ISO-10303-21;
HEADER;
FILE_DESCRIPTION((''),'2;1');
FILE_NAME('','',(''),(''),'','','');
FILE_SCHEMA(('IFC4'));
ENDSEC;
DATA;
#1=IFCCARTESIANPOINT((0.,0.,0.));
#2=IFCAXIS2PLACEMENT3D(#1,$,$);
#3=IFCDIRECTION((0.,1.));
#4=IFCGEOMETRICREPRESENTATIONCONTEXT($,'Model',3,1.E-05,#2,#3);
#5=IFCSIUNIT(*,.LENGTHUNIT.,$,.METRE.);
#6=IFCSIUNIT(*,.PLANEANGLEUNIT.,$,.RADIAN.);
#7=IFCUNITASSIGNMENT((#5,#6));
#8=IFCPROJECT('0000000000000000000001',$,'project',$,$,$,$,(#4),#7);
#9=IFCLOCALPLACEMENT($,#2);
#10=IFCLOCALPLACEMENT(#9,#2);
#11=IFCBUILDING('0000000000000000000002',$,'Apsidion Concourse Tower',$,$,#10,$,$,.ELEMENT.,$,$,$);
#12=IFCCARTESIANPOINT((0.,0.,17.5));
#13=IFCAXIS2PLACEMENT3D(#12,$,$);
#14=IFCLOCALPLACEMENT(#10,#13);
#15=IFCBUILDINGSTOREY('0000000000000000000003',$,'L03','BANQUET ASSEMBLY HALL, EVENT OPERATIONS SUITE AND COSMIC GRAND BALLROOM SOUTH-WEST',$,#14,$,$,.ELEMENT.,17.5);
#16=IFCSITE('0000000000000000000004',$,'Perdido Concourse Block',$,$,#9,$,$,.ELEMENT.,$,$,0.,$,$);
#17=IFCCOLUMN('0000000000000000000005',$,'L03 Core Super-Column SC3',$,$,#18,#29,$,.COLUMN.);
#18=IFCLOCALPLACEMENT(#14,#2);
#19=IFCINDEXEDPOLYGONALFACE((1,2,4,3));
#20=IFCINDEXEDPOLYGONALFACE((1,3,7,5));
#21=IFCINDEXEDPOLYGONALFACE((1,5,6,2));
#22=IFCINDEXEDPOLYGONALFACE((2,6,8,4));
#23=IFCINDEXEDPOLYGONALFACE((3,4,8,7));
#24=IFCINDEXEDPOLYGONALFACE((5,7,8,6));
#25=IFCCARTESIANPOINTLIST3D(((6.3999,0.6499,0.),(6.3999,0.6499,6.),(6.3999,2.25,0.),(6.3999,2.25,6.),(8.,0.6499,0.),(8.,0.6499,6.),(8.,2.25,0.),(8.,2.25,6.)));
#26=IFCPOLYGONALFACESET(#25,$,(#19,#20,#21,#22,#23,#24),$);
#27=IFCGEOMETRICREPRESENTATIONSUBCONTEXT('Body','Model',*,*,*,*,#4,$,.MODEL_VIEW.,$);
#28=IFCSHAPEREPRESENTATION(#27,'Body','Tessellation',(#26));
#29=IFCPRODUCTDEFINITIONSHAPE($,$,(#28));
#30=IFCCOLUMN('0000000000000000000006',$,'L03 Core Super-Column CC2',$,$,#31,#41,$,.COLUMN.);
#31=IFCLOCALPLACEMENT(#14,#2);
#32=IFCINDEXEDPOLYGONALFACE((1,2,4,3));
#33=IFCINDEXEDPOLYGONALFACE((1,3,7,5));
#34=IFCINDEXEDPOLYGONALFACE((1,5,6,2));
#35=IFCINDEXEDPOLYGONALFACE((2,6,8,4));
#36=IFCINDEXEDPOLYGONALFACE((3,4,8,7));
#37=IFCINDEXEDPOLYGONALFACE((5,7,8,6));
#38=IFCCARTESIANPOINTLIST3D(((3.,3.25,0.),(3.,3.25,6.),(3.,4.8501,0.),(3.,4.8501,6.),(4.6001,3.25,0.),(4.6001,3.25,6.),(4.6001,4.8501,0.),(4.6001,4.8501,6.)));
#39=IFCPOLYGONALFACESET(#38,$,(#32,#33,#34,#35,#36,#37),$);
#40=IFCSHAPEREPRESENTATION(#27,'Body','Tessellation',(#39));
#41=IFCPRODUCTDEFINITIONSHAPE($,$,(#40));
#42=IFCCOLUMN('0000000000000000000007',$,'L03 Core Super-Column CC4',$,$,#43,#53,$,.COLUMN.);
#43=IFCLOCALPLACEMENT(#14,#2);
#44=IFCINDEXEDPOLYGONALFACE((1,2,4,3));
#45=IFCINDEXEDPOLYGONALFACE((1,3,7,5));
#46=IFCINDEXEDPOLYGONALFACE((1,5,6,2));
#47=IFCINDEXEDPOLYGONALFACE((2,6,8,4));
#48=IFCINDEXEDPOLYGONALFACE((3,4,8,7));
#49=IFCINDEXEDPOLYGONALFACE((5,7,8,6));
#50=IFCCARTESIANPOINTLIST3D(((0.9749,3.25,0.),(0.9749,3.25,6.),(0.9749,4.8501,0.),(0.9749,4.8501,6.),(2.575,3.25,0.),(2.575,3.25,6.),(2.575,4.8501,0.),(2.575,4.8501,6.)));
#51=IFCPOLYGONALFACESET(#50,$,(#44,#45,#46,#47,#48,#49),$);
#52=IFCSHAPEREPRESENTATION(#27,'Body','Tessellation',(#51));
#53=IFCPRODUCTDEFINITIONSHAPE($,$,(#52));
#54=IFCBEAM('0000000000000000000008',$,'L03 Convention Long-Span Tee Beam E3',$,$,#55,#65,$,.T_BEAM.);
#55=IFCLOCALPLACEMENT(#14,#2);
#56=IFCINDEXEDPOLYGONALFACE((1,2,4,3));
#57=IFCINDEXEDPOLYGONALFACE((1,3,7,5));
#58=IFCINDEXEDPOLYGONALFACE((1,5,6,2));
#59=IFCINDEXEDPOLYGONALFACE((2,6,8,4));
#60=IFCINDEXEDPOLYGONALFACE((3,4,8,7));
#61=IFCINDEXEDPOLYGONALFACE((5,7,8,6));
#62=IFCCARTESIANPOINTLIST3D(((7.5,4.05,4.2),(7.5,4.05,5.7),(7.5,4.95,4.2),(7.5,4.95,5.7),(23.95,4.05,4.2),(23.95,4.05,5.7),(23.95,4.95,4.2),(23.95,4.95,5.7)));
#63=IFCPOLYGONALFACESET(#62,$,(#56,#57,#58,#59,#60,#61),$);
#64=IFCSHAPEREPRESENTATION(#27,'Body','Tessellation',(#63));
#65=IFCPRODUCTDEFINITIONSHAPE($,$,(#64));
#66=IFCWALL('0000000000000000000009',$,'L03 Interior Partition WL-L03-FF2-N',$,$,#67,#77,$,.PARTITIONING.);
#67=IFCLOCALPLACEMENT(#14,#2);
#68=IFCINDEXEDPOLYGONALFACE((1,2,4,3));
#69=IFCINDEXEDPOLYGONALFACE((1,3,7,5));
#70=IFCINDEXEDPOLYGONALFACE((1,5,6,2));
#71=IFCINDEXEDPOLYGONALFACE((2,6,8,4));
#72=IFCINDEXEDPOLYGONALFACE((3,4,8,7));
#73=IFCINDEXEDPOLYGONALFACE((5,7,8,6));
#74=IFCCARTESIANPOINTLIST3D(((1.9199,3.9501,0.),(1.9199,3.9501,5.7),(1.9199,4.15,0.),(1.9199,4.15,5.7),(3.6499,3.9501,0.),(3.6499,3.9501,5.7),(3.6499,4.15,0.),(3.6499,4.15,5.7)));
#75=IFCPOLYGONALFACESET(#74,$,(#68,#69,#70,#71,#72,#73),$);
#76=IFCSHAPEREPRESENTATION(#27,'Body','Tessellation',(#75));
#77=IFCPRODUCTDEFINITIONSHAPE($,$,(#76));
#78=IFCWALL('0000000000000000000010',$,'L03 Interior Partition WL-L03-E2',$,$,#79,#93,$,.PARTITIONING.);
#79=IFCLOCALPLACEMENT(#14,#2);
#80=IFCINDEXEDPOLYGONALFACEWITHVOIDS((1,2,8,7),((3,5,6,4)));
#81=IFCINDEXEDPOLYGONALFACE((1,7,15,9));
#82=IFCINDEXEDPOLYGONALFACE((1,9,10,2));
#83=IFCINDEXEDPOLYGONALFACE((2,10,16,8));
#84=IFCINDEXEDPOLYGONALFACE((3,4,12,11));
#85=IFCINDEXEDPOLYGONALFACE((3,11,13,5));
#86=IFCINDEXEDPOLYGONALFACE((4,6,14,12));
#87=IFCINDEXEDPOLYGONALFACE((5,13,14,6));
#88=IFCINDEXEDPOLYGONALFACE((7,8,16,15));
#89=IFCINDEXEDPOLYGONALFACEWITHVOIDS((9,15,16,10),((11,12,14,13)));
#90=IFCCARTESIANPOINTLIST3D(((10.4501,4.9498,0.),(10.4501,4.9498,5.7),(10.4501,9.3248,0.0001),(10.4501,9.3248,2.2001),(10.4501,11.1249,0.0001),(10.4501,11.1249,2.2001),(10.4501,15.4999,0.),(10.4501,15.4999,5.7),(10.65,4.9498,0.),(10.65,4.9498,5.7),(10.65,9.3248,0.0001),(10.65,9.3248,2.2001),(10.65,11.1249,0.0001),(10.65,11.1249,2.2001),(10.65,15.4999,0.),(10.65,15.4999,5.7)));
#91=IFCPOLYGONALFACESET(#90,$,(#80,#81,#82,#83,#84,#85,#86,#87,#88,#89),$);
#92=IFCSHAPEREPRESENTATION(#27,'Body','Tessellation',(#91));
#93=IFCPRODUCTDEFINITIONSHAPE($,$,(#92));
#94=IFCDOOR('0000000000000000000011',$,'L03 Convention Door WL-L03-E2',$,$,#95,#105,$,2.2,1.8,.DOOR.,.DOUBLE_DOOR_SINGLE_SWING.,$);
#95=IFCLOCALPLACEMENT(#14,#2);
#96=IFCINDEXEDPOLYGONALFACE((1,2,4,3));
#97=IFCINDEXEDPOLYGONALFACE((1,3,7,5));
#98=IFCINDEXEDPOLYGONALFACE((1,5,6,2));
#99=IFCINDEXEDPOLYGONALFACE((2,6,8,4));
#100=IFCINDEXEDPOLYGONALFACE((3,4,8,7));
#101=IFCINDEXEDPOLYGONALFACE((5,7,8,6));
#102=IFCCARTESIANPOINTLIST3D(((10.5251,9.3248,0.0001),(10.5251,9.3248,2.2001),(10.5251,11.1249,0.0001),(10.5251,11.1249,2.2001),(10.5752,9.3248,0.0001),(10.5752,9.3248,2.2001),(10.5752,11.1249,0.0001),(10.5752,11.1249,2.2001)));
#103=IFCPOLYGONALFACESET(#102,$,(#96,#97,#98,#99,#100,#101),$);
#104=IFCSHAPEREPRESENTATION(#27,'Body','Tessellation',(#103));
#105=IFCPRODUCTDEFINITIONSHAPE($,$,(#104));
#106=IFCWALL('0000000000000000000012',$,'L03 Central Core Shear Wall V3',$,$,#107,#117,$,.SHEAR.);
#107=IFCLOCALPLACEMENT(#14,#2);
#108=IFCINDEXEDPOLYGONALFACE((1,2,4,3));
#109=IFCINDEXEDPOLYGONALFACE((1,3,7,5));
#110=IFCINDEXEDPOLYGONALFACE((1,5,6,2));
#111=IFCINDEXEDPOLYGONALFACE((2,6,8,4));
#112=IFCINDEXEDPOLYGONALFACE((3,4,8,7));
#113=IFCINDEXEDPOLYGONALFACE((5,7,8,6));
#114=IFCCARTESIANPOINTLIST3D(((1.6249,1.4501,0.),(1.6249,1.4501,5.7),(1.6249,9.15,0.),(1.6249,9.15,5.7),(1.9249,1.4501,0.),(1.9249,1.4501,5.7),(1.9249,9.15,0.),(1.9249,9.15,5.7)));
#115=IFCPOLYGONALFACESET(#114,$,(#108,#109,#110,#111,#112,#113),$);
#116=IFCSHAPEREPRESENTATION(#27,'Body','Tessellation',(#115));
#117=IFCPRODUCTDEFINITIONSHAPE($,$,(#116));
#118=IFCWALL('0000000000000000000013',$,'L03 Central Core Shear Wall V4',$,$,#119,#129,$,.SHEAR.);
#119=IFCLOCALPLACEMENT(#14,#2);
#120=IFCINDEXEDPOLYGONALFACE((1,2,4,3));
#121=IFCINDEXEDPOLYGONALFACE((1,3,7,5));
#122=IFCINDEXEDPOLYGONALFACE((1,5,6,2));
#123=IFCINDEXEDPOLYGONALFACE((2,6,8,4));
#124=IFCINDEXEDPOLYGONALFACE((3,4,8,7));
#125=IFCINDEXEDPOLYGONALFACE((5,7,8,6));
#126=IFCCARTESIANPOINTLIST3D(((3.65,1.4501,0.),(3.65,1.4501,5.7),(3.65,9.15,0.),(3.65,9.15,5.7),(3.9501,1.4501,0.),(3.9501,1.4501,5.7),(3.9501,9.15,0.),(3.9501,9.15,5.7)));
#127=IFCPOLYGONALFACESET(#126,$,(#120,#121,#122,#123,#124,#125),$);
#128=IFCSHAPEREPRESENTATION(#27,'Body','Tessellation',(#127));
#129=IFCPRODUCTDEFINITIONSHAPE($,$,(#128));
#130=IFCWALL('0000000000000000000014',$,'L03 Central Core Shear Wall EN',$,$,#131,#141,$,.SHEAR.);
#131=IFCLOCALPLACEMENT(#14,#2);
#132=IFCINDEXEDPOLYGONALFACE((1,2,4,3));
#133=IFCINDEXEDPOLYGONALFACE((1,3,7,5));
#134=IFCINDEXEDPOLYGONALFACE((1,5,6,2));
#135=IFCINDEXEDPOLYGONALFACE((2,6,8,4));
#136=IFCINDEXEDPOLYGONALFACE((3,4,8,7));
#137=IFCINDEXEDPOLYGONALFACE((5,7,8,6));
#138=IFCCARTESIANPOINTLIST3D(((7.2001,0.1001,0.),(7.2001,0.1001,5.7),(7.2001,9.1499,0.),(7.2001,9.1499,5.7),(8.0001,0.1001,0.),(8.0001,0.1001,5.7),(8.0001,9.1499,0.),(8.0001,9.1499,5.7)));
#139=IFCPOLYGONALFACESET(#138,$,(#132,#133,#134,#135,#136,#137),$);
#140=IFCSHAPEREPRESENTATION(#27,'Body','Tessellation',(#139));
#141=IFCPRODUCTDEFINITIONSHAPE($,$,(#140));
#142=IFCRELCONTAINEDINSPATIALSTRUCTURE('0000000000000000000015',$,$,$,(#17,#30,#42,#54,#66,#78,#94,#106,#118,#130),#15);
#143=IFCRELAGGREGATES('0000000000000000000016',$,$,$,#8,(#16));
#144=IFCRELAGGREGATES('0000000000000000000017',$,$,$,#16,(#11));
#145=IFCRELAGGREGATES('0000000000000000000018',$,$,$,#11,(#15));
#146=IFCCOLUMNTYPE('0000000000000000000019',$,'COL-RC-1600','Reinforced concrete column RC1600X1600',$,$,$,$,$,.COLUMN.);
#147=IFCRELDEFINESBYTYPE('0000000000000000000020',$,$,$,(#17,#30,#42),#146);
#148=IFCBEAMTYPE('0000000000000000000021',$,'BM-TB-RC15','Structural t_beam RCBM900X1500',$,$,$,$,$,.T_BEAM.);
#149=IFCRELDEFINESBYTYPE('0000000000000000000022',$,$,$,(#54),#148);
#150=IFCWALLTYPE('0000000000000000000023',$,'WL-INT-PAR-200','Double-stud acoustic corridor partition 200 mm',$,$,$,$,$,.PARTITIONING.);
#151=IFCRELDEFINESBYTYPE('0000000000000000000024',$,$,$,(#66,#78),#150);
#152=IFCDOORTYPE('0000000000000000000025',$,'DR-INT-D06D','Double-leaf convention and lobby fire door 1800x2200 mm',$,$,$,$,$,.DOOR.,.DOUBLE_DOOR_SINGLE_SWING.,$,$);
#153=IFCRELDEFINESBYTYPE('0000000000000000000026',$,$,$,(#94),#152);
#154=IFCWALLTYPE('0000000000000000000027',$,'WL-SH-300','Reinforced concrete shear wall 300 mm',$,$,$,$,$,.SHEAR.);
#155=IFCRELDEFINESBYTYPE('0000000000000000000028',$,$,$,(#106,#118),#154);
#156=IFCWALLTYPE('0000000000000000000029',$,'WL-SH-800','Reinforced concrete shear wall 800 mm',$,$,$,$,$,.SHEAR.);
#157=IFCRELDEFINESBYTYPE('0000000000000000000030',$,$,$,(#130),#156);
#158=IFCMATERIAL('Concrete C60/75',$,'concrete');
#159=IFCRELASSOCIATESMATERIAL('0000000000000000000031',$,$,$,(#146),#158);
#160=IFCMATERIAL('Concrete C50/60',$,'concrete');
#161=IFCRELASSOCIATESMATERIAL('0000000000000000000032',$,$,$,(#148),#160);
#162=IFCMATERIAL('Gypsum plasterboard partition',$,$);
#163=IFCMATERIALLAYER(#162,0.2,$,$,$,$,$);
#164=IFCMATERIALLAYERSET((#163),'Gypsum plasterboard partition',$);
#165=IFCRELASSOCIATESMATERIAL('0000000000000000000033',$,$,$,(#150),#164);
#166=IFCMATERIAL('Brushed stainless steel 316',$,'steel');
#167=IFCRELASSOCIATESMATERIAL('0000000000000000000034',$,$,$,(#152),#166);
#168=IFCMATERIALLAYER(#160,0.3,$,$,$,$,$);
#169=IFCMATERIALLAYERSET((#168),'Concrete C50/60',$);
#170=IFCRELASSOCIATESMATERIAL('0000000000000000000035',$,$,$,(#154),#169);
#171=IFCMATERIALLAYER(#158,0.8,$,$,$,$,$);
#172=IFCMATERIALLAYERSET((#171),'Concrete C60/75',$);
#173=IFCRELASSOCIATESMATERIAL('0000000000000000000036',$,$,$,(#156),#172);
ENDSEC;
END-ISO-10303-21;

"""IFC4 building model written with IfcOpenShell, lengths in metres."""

from ifc_helpers import new_model, si_unit, direction, frame, frame_2d, origin, origin_2d, place, context, subcontext, project, spatial, rectangle, extrude, material, layer, layer_set, material_profile, profile_set, type_object, element, fill, save


model = new_model("IFC4")

# Units and contexts
model_context = context("Model", 3, precision=1e-05, world=origin(), true_north=direction((0.0, 1.0)))
body_context = subcontext(model_context, "Body", "Model", "MODEL_VIEW")
ifc_project = project(units=[si_unit("LENGTHUNIT", "METRE"), si_unit("PLANEANGLEUNIT", "RADIAN")], contexts=[model_context])

# Site, building, storey
site_placement = place(None, origin())
site = spatial("IfcSite", under=ifc_project, at=site_placement, Name="Perdido Concourse Block", CompositionType="ELEMENT", RefElevation=0.0)
building_placement = place(site_placement, origin())
building = spatial("IfcBuilding", under=site, at=building_placement, Name="Apsidion Concourse Tower", CompositionType="ELEMENT")
storey_placement = place(building_placement, frame((0.0, 0.0, 17.5)))
storey = spatial("IfcBuildingStorey", under=building, at=storey_placement, Name="L03", Description="BANQUET ASSEMBLY HALL, EVENT OPERATIONS SUITE AND COSMIC GRAND BALLROOM SOUTH-WEST", CompositionType="ELEMENT", Elevation=17.5)

# Columns
ifc_material_1 = material(Name="Concrete C60/75", Category="concrete")
ifc_material_profile_1 = material_profile(ifc_material_1, rectangle(XDim=1.6001, YDim=1.6001, at=origin_2d()), Name="RC 1600x1600")
ifc_profile_set_1 = profile_set([ifc_material_profile_1], Name="Concrete C60/75")
column_type = type_object("IfcColumnType", Name="COL-RC-1600", Description="Reinforced concrete column RC1600X1600", PredefinedType="COLUMN", material=ifc_profile_set_1)
for number, where, z_axis, x_axis, name in (
    (1, (7.2, 1.45, 0.0), (0.0, 0.0, 1.0), (1.0, 0.0, 0.0), "L03 Core Super-Column SC3"),
    (2, (3.8, 4.05, 0.0), (0.0, 0.0, 1.0), (1.0, 0.0, 0.0), "L03 Core Super-Column CC2"),
    (3, (1.7749, 4.05, 0.0), (0.0, 0.0, 1.0), (1.0, 0.0, 0.0), "L03 Core Super-Column CC4"),
):
    element("IfcColumn", number, at=place(storey_placement, frame(where, z_axis=z_axis, x_axis=x_axis)), inside=storey, type_object=column_type, Name=name, PredefinedType="COLUMN", context=body_context, shape_type="SweptSolid", body=[
        extrude(rectangle(XDim=1.6001, YDim=1.6001, at=origin_2d()), origin(), (0.0, 0.0, 1.0), 6.0),
    ])

# Beam
ifc_material_2 = material(Name="Concrete C50/60", Category="concrete")
ifc_material_profile_2 = material_profile(ifc_material_2, rectangle(XDim=0.8999, YDim=1.5, at=origin_2d()), Name="RC 900x1500")
ifc_profile_set_2 = profile_set([ifc_material_profile_2], Name="Concrete C50/60")
beam_type = type_object("IfcBeamType", Name="BM-TB-RC15", Description="Structural t_beam RCBM900X1500", PredefinedType="T_BEAM", material=ifc_profile_set_2)
beam_placement = place(storey_placement, frame((7.5, 4.5, 4.95), z_axis=(1.0, 0.0, 0.0), x_axis=(0.0, 1.0, 0.0)))
element("IfcBeam", 4, at=beam_placement, inside=storey, type_object=beam_type, Name="L03 Convention Long-Span Tee Beam E3", PredefinedType="T_BEAM", context=body_context, shape_type="SweptSolid", body=[
    extrude(rectangle(XDim=0.8999, YDim=1.5, at=origin_2d()), origin(), (0.0, 0.0, 1.0), 16.45),
])

# Wall
ifc_material_3 = material(Name="Gypsum plasterboard partition")
ifc_layer_1 = layer(ifc_material_3, 0.2)
ifc_layer_set_1 = layer_set([ifc_layer_1], Name="Gypsum plasterboard partition")
wall_type_1 = type_object("IfcWallType", Name="WL-INT-PAR-200", Description="Double-stud acoustic corridor partition 200 mm", PredefinedType="PARTITIONING", material=ifc_layer_set_1)
wall_1_placement = place(storey_placement, frame((1.9199, 4.05, 0.0), z_axis=(0.0, 0.0, 1.0), x_axis=(1.0, 0.0, 0.0)))
element("IfcWall", 5, at=wall_1_placement, inside=storey, type_object=wall_type_1, Name="L03 Interior Partition WL-L03-FF2-N", PredefinedType="PARTITIONING", context=body_context, shape_type="SweptSolid", body=[
    extrude(rectangle(XDim=1.73, YDim=0.2, at=frame_2d((0.865, 0.0))), origin(), (0.0, 0.0, 1.0), 5.7),
])

# Wall, opening, door
wall_2_placement = place(storey_placement, frame((10.55, 4.95, 0.0), z_axis=(0.0, 0.0, 1.0), x_axis=(0.0, 1.0, 0.0)))
wall_2 = element("IfcWall", 6, at=wall_2_placement, inside=storey, type_object=wall_type_1, Name="L03 Interior Partition WL-L03-E2", PredefinedType="PARTITIONING", context=body_context, shape_type="SweptSolid", body=[
    extrude(rectangle(XDim=10.55, YDim=0.2, at=frame_2d((5.2749, 0.0))), origin(), (0.0, 0.0, 1.0), 5.7),
])
opening_placement = place(wall_2_placement, frame((4.375, 0.0, 0.0)))
opening = element("IfcOpeningElement", 7, at=opening_placement, cuts=wall_2, PredefinedType="OPENING", context=body_context, shape_type="SweptSolid", body=[
    extrude(rectangle(XDim=1.8, YDim=2.2, at=frame_2d((0.8999, 1.1001))), frame((0.0, 0.1099, 0.0), z_axis=(0.0, -1.0, 0.0), x_axis=(1.0, 0.0, 0.0)), (0.0, 0.0, 1.0), 0.22),
])
ifc_material_4 = material(Name="Brushed stainless steel 316", Category="steel")
door_type = type_object("IfcDoorType", Name="DR-INT-D06D", Description="Double-leaf convention and lobby fire door 1800x2200 mm", OperationType="DOUBLE_DOOR_SINGLE_SWING", PredefinedType="DOOR", material=ifc_material_4)
door_placement = place(opening_placement, origin())
door = element("IfcDoor", 8, at=door_placement, inside=storey, type_object=door_type, Name="L03 Convention Door WL-L03-E2", OperationType="DOUBLE_DOOR_SINGLE_SWING", OverallHeight=2.2, OverallWidth=1.8, PredefinedType="DOOR", context=body_context, shape_type="SweptSolid", body=[
    extrude(rectangle(XDim=1.8, YDim=2.2, at=frame_2d((0.8999, 1.1001))), frame((0.0, 0.0249, 0.0), z_axis=(0.0, -1.0, 0.0), x_axis=(1.0, 0.0, 0.0)), (0.0, 0.0, 1.0), 0.05),
])
fill(opening, door)

# Walls
ifc_layer_2 = layer(ifc_material_2, 0.3)
ifc_layer_set_2 = layer_set([ifc_layer_2], Name="Concrete C50/60")
wall_type_2 = type_object("IfcWallType", Name="WL-SH-300", Description="Reinforced concrete shear wall 300 mm", PredefinedType="SHEAR", material=ifc_layer_set_2)
for number, where, z_axis, x_axis, name in (
    (9, (1.7749, 1.45, 0.0), (0.0, 0.0, 1.0), (0.0, 1.0, 0.0), "L03 Central Core Shear Wall V3"),
    (10, (3.8, 1.45, 0.0), (0.0, 0.0, 1.0), (0.0, 1.0, 0.0), "L03 Central Core Shear Wall V4"),
):
    element("IfcWall", number, at=place(storey_placement, frame(where, z_axis=z_axis, x_axis=x_axis)), inside=storey, type_object=wall_type_2, Name=name, PredefinedType="SHEAR", context=body_context, shape_type="SweptSolid", body=[
        extrude(rectangle(XDim=7.7, YDim=0.3, at=frame_2d((3.8501, 0.0))), origin(), (0.0, 0.0, 1.0), 5.7),
    ])
ifc_layer_3 = layer(ifc_material_1, 0.8)
ifc_layer_set_3 = layer_set([ifc_layer_3], Name="Concrete C60/75")
wall_type_3 = type_object("IfcWallType", Name="WL-SH-800", Description="Reinforced concrete shear wall 800 mm", PredefinedType="SHEAR", material=ifc_layer_set_3)
wall_3_placement = place(storey_placement, frame((7.6001, 0.1001, 0.0), z_axis=(0.0, 0.0, 1.0), x_axis=(0.0, 1.0, 0.0)))
element("IfcWall", 11, at=wall_3_placement, inside=storey, type_object=wall_type_3, Name="L03 Central Core Shear Wall EN", PredefinedType="SHEAR", context=body_context, shape_type="SweptSolid", body=[
    extrude(rectangle(XDim=9.0498, YDim=0.8, at=frame_2d((4.5249, 0.0))), origin(), (0.0, 0.0, 1.0), 5.7),
])

save(model, "model.ifc")
